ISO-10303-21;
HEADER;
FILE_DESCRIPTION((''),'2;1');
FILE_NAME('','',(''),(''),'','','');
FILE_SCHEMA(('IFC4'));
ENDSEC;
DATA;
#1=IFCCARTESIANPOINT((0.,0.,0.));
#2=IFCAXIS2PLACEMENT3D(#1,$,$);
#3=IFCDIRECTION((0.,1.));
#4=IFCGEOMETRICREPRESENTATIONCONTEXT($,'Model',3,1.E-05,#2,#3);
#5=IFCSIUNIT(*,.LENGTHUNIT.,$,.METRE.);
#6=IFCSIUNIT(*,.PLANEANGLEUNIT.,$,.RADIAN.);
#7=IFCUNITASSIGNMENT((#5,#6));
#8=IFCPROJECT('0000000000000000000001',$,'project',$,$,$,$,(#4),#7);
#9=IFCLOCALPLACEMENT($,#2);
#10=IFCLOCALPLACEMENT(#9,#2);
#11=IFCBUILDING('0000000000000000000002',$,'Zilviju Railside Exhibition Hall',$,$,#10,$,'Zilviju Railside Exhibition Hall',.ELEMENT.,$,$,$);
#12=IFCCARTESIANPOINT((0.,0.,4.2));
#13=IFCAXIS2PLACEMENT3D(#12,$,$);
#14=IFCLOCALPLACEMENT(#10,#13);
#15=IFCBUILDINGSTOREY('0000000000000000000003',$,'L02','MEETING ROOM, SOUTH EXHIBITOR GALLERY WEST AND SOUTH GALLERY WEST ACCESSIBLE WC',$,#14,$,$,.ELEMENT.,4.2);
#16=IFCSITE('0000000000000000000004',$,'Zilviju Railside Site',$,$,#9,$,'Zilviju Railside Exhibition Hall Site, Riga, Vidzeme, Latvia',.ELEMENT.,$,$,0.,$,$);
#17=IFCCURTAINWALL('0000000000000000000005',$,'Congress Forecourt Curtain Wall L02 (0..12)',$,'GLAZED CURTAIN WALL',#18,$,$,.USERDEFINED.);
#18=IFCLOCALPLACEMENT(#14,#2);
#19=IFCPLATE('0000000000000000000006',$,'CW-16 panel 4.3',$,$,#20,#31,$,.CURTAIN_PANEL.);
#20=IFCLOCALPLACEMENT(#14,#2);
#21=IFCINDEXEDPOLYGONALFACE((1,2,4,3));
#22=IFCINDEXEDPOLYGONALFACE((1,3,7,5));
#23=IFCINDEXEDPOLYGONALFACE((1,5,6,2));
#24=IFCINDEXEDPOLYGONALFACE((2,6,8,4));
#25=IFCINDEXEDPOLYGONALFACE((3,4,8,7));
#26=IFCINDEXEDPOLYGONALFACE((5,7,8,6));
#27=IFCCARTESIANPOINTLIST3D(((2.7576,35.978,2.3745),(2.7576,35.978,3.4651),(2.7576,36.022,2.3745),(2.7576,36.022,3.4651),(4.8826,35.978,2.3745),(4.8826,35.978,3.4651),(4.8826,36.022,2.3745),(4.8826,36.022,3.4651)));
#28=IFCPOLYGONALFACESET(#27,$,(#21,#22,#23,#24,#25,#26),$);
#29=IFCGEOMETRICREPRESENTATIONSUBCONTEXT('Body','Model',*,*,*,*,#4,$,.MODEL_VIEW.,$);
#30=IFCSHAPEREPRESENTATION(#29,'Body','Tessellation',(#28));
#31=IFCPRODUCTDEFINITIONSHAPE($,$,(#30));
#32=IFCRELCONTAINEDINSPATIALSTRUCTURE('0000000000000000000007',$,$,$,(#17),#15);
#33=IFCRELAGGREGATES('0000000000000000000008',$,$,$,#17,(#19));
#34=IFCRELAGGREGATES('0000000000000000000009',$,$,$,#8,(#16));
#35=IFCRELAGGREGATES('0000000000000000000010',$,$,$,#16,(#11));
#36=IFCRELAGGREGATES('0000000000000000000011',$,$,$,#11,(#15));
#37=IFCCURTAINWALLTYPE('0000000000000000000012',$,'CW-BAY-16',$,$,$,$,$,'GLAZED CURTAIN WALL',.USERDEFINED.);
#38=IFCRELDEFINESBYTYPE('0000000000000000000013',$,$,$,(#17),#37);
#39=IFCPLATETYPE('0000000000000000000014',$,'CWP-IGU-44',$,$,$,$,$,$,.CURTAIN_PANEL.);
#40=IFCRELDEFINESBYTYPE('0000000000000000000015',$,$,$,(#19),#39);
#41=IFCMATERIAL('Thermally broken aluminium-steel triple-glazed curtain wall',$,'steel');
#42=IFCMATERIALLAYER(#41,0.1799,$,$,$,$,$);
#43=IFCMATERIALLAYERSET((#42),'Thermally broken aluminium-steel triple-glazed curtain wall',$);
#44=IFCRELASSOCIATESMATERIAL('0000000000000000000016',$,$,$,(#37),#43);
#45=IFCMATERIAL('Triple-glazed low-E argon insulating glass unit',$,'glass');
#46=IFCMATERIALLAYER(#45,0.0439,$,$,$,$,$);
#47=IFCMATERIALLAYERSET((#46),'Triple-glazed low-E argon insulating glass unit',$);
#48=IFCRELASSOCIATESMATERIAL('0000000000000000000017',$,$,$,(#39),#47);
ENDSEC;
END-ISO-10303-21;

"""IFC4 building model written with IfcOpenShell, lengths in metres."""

from ifc_helpers import new_model, si_unit, direction, frame, origin, origin_2d, place, context, subcontext, project, spatial, rectangle, extrude, material, layer, layer_set, type_object, element, aggregate, save


model = new_model("IFC4")

# Units and contexts
model_context = context("Model", 3, precision=1e-05, world=origin(), true_north=direction((0.0, 1.0)))
body_context = subcontext(model_context, "Body", "Model", "MODEL_VIEW")
ifc_project = project(units=[si_unit("LENGTHUNIT", "METRE"), si_unit("PLANEANGLEUNIT", "RADIAN")], contexts=[model_context])

# Site, building, storey
site_placement = place(None, origin())
site = spatial("IfcSite", under=ifc_project, at=site_placement, Name="Zilviju Railside Site", LongName="Zilviju Railside Exhibition Hall Site, Riga, Vidzeme, Latvia", CompositionType="ELEMENT", RefElevation=0.0)
building_placement = place(site_placement, origin())
building = spatial("IfcBuilding", under=site, at=building_placement, Name="Zilviju Railside Exhibition Hall", LongName="Zilviju Railside Exhibition Hall", CompositionType="ELEMENT")
storey_placement = place(building_placement, frame((0.0, 0.0, 4.2)))
storey = spatial("IfcBuildingStorey", under=building, at=storey_placement, Name="L02", Description="MEETING ROOM, SOUTH EXHIBITOR GALLERY WEST AND SOUTH GALLERY WEST ACCESSIBLE WC", CompositionType="ELEMENT", Elevation=4.2)

# Curtain wall, plate
ifc_material_1 = material(Name="Thermally broken aluminium-steel triple-glazed curtain wall", Category="steel")
ifc_layer_1 = layer(ifc_material_1, 0.1799)
ifc_layer_set_1 = layer_set([ifc_layer_1], Name="Thermally broken aluminium-steel triple-glazed curtain wall")
curtain_wall_type = type_object("IfcCurtainWallType", Name="CW-BAY-16", ElementType="GLAZED CURTAIN WALL", PredefinedType="USERDEFINED", material=ifc_layer_set_1)
curtain_wall_placement = place(storey_placement, origin())
curtain_wall = element("IfcCurtainWall", 1, at=curtain_wall_placement, inside=storey, type_object=curtain_wall_type, Name="Congress Forecourt Curtain Wall L02 (0..12)", ObjectType="GLAZED CURTAIN WALL", PredefinedType="USERDEFINED")
ifc_material_2 = material(Name="Triple-glazed low-E argon insulating glass unit", Category="glass")
ifc_layer_2 = layer(ifc_material_2, 0.0439)
ifc_layer_set_2 = layer_set([ifc_layer_2], Name="Triple-glazed low-E argon insulating glass unit")
plate_type = type_object("IfcPlateType", Name="CWP-IGU-44", PredefinedType="CURTAIN_PANEL", material=ifc_layer_set_2)
plate_1_placement = place(storey_placement, frame((3.8201, 36.0, 2.3745), z_axis=(0.0, 0.0, 1.0), x_axis=(-1.0, 0.0, 0.0)))
plate_1 = element("IfcPlate", 2, at=plate_1_placement, type_object=plate_type, Name="CW-16 panel 4.3", PredefinedType="CURTAIN_PANEL", context=body_context, shape_type="SweptSolid", body=[
    extrude(rectangle(XDim=2.125, YDim=0.0439, at=origin_2d()), origin(), (0.0, 0.0, 1.0), 1.0906),
])
aggregate(curtain_wall, [plate_1])

save(model, "model.ifc")
